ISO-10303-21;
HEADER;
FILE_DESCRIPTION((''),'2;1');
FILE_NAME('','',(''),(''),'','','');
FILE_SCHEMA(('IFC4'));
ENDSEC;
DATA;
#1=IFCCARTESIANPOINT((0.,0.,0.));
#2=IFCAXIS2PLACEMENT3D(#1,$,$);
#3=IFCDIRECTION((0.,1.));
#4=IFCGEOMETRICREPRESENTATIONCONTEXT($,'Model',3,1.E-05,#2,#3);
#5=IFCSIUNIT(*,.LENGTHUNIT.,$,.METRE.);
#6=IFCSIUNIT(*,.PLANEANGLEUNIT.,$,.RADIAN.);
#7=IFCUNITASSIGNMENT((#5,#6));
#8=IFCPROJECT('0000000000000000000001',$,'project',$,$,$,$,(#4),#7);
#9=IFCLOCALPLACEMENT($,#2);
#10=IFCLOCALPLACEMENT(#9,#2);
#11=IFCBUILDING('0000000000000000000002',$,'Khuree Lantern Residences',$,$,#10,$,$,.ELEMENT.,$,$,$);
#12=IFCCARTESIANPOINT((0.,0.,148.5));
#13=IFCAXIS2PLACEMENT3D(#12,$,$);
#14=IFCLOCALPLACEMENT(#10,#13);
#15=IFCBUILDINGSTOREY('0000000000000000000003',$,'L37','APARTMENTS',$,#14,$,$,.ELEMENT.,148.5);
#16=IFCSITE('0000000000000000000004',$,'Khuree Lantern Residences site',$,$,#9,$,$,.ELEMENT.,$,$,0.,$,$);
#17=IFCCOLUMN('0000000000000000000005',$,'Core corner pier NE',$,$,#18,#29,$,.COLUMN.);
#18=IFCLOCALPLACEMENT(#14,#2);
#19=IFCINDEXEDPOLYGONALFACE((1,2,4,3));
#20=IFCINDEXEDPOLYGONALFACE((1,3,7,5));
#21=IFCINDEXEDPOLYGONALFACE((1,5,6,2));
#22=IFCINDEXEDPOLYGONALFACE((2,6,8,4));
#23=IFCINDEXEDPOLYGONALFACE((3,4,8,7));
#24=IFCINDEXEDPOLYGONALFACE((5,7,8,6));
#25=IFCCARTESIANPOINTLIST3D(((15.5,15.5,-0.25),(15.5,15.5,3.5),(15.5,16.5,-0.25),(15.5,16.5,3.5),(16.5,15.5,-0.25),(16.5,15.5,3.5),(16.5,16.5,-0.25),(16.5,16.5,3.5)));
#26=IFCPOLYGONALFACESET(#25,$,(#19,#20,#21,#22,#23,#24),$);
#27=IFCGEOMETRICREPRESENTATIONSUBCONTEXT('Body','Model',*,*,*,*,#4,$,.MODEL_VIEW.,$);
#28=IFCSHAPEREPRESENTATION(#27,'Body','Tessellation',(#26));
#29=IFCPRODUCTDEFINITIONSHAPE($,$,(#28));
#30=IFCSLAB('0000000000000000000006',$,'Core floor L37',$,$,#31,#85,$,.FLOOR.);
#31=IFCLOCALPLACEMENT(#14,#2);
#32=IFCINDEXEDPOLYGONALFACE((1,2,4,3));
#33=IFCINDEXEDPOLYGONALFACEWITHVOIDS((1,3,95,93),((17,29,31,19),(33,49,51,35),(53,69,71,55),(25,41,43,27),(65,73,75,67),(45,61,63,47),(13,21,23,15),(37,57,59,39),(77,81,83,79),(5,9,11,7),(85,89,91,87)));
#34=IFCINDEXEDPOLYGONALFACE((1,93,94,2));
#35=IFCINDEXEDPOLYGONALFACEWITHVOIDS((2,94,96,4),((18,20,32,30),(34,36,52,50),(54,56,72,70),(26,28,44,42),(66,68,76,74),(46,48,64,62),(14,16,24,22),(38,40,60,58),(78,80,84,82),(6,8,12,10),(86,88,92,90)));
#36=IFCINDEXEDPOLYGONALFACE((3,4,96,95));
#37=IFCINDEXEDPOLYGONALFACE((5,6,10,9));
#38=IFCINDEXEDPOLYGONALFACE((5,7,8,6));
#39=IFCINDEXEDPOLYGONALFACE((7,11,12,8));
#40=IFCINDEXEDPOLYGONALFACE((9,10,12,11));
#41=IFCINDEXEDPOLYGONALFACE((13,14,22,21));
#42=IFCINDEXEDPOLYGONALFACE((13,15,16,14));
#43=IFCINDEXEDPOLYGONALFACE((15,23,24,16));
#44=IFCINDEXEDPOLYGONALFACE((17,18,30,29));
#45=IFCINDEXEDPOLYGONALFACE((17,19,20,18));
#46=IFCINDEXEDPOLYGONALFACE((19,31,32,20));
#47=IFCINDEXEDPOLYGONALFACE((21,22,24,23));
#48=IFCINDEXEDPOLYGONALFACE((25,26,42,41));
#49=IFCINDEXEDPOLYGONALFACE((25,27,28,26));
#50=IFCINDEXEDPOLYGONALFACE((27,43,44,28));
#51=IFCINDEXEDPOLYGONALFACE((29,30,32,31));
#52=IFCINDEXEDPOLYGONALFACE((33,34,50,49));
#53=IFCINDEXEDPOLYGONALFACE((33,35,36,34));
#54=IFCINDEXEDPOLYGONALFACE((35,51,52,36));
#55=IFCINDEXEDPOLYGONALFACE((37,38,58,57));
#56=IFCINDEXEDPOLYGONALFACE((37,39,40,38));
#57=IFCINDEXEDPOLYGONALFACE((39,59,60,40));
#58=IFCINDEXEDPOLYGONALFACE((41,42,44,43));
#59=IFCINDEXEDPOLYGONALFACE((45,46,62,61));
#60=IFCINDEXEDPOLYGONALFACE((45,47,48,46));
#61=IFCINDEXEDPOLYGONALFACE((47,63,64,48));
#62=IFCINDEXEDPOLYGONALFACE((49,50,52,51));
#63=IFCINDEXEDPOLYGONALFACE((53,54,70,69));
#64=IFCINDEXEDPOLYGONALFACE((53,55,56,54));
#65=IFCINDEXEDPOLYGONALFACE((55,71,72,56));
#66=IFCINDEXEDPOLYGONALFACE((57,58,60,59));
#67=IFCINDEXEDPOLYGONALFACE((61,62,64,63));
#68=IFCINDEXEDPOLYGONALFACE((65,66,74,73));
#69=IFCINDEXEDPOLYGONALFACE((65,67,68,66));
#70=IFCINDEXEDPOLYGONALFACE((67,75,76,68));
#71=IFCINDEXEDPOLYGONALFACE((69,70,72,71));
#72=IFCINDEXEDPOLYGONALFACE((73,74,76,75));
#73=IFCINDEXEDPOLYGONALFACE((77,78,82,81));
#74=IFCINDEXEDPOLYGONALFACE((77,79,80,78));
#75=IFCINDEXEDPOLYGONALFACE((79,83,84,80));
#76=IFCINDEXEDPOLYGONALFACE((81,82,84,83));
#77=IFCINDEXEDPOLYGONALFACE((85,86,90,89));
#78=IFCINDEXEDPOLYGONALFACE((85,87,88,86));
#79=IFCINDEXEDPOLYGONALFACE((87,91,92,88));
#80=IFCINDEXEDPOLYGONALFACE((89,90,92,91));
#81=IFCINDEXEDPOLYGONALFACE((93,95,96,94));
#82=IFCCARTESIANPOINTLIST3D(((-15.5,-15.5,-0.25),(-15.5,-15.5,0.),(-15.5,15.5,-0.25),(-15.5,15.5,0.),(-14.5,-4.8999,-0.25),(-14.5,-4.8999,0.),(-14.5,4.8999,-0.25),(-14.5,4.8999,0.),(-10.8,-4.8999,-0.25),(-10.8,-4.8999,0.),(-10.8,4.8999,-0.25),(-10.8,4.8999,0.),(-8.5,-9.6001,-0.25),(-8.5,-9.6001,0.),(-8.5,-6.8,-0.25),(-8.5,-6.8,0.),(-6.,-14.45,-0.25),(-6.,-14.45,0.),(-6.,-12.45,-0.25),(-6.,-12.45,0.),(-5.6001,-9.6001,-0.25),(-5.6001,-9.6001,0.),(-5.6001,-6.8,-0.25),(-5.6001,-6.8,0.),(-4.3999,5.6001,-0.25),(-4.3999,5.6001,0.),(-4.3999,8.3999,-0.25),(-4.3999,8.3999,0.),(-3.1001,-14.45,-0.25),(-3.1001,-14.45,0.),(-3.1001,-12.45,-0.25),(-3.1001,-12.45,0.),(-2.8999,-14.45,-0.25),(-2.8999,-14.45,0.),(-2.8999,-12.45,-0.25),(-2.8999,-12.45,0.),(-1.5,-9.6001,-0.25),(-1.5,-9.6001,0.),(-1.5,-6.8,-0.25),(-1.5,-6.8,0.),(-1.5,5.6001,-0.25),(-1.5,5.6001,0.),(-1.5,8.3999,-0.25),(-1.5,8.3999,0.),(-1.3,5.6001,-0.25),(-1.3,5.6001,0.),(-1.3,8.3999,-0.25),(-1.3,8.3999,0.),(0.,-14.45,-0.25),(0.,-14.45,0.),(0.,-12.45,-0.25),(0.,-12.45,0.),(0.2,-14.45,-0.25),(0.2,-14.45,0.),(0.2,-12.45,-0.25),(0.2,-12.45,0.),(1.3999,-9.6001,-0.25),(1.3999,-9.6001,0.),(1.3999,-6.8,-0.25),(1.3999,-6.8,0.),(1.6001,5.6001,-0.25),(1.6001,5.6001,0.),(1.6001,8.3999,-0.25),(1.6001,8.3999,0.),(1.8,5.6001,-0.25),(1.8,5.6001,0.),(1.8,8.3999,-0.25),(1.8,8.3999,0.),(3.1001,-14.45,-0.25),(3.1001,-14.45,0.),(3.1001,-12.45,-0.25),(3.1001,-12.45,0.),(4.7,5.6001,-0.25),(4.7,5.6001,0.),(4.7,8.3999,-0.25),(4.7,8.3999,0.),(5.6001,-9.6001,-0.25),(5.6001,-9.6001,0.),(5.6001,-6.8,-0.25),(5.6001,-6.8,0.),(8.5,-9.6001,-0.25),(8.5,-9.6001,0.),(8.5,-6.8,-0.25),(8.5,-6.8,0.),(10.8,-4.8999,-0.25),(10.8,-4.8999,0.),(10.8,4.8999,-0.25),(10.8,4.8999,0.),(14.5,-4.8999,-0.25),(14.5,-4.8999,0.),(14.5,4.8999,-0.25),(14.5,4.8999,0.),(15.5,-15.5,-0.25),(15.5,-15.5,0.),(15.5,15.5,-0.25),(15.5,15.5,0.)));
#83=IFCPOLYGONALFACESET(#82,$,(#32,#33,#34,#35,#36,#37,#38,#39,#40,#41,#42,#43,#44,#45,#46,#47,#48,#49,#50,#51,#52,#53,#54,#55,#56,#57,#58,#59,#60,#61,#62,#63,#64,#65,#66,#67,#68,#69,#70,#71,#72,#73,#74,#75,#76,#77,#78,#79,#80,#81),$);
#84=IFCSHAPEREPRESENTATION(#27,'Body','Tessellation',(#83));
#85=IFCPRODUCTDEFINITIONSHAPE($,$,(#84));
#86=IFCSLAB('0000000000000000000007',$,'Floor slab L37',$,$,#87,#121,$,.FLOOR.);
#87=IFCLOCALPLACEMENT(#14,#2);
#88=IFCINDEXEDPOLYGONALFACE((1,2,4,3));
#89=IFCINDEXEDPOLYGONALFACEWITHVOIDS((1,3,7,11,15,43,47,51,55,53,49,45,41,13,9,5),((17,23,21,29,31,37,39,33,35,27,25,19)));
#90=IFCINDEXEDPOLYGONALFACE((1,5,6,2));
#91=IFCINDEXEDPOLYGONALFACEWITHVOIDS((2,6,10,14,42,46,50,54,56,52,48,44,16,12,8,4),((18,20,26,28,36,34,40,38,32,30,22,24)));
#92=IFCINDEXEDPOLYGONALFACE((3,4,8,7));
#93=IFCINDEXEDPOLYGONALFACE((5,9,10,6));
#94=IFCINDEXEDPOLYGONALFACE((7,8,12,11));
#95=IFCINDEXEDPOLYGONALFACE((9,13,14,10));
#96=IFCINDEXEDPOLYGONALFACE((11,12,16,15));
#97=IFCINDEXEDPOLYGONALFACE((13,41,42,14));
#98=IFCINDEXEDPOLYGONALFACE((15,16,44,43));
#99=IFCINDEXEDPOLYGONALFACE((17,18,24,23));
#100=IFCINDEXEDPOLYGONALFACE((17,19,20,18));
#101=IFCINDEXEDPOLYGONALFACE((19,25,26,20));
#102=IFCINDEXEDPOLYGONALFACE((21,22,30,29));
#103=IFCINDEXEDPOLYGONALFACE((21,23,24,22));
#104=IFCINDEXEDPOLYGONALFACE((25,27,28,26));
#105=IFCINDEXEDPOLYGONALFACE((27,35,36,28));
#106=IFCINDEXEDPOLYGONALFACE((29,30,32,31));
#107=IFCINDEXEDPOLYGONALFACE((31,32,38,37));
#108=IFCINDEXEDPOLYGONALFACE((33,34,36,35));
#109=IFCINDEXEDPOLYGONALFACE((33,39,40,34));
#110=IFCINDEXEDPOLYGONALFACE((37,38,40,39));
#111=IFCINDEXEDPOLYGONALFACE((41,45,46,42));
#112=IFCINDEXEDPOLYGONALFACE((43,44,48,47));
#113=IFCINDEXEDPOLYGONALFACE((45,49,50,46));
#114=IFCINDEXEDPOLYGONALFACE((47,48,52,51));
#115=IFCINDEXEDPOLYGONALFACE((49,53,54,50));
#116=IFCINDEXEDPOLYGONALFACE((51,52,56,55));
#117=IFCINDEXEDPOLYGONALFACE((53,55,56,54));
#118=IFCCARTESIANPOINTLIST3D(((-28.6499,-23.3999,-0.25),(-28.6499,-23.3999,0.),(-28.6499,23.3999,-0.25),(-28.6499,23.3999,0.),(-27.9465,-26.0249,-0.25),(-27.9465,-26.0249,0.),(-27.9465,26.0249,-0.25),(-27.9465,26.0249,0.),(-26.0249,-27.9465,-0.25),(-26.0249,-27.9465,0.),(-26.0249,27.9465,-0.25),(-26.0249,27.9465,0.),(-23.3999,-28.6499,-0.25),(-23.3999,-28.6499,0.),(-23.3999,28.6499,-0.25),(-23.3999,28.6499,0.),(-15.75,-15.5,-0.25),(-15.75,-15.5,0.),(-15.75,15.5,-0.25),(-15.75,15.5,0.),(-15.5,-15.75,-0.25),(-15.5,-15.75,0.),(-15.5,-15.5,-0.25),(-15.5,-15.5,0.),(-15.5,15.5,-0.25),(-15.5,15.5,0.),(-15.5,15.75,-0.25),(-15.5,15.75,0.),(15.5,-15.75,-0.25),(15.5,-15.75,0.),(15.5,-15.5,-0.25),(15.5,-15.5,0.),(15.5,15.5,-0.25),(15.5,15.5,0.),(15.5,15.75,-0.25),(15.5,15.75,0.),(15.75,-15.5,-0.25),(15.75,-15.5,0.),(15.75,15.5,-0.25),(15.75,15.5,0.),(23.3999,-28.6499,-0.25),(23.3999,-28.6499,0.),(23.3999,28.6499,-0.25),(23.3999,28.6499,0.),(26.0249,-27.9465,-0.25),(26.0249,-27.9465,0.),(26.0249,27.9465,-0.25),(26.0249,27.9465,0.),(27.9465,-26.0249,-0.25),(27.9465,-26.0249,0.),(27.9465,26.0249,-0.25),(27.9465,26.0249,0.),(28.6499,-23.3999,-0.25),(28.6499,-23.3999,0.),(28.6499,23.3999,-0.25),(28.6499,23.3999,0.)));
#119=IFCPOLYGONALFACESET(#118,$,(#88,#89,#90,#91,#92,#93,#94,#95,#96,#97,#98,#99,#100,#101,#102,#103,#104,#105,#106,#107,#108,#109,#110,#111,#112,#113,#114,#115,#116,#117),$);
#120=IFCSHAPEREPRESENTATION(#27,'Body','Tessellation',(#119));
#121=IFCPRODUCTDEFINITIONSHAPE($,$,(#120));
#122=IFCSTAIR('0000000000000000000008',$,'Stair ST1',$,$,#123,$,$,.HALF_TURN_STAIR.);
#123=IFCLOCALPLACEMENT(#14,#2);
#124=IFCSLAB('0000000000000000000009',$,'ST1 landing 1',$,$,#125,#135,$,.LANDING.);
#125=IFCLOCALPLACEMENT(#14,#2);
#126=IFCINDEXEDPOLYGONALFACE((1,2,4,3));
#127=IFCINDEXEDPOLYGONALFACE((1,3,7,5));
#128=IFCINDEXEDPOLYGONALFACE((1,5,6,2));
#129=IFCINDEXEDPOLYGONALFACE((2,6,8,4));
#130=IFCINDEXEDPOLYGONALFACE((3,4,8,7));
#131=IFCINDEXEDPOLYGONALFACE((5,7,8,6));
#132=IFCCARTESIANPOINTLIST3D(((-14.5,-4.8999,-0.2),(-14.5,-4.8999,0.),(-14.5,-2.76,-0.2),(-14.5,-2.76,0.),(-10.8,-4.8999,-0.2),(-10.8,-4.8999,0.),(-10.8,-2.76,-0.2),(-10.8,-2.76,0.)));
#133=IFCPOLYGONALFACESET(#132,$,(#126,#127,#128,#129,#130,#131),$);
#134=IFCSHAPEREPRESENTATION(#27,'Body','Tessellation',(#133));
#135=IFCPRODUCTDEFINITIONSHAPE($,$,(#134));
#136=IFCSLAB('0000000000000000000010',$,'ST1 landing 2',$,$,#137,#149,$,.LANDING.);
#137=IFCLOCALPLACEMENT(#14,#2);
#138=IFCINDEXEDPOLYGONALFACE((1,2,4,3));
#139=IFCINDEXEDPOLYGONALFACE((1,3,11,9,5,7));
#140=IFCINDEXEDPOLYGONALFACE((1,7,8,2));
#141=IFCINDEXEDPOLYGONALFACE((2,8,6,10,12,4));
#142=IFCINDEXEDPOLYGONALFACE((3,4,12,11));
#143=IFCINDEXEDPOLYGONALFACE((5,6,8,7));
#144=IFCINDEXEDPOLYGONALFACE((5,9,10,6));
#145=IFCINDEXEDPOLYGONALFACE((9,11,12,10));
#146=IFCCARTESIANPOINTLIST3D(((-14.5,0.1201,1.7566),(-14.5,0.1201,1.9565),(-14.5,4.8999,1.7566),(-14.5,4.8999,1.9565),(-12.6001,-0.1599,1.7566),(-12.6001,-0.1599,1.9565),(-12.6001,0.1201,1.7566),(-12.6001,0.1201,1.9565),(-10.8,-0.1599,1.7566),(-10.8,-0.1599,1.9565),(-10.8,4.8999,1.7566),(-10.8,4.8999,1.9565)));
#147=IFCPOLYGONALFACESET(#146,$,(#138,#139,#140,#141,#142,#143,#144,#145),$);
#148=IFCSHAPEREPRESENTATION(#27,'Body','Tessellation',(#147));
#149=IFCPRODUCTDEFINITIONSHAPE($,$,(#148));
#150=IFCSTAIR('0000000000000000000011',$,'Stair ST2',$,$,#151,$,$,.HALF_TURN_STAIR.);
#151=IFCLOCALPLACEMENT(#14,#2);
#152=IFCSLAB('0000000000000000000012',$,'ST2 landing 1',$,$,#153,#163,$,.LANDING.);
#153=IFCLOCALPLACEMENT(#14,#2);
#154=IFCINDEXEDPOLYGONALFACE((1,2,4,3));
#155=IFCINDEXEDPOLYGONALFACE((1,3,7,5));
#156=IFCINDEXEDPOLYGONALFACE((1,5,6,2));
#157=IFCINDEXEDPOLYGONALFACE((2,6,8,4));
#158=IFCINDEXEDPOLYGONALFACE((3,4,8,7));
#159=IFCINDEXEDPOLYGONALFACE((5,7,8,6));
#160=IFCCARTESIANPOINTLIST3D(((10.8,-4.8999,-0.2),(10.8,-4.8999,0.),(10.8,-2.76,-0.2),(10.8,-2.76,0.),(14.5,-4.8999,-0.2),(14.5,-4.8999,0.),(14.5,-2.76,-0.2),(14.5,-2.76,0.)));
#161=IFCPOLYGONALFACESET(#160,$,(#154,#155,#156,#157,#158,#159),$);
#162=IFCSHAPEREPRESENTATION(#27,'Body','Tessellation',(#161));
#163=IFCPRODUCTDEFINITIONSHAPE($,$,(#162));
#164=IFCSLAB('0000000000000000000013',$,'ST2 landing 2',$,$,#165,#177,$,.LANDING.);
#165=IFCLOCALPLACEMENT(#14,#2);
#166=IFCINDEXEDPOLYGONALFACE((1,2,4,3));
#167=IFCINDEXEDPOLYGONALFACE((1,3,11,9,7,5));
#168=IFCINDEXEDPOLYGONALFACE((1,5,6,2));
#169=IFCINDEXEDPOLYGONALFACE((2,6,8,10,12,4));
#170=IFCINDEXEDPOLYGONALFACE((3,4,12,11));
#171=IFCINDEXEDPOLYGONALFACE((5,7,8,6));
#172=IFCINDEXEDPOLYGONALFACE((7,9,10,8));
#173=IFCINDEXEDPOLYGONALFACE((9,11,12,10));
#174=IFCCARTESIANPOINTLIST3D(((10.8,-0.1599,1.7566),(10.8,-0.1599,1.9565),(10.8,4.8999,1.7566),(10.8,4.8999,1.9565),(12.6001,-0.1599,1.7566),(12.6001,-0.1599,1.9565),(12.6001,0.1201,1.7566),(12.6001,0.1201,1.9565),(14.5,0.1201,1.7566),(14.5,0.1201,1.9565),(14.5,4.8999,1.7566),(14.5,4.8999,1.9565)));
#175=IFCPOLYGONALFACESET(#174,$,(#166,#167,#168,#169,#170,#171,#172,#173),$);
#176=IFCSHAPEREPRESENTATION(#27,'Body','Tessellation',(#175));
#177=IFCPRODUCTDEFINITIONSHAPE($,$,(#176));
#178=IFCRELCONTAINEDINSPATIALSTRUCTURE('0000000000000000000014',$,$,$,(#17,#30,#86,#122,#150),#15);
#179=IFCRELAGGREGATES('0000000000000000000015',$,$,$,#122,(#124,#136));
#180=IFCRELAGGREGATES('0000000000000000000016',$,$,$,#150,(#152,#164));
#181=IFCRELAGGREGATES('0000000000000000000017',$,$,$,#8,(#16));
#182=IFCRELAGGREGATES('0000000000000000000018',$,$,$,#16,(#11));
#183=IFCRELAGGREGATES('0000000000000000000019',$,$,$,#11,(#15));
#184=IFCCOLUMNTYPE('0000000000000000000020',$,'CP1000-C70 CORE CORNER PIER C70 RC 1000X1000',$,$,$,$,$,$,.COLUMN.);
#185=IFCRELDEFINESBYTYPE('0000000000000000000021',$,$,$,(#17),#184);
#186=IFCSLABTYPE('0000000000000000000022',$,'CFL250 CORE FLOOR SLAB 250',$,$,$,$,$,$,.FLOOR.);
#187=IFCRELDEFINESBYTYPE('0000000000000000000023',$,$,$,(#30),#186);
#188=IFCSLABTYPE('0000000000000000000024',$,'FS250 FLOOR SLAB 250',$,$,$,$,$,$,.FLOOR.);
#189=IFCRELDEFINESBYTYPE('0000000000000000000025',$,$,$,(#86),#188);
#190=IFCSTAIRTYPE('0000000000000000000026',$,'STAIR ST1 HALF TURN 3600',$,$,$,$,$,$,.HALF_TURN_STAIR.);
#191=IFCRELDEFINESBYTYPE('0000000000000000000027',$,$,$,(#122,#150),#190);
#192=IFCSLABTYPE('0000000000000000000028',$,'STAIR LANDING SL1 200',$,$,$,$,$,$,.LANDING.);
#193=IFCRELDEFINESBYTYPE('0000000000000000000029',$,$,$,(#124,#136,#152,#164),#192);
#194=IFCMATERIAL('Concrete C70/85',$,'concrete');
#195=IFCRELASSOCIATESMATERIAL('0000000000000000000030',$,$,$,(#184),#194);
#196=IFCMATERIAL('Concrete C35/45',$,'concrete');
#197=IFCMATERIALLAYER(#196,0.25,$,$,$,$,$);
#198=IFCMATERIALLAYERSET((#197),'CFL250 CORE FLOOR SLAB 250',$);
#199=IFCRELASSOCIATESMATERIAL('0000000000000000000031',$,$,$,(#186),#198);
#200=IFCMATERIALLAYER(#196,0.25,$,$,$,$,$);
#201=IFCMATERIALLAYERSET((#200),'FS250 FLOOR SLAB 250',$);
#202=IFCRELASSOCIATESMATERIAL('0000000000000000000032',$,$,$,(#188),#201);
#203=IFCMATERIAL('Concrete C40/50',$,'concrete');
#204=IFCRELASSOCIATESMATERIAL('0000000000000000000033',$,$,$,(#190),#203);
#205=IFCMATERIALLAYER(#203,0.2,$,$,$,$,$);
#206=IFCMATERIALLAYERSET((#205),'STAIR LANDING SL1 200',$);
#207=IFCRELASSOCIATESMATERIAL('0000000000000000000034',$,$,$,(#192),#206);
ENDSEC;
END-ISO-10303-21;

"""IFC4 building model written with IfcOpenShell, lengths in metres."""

from ifc_helpers import new_model, si_unit, direction, frame, origin, origin_2d, place, context, subcontext, project, spatial, polyline, rectangle, outline, extrude, material, layer, layer_set, material_profile, profile_set, type_object, element, aggregate, save


model = new_model("IFC4")

# Units and contexts
model_context = context("Model", 3, precision=1e-05, world=origin(), true_north=direction((0.0, 1.0)))
body_context = subcontext(model_context, "Body", "Model", "MODEL_VIEW")
ifc_project = project(units=[si_unit("LENGTHUNIT", "METRE"), si_unit("PLANEANGLEUNIT", "RADIAN")], contexts=[model_context])

# Site, building, storey
site_placement = place(None, origin())
site = spatial("IfcSite", under=ifc_project, at=site_placement, Name="Khuree Lantern Residences site", CompositionType="ELEMENT", RefElevation=0.0)
building_placement = place(site_placement, origin())
building = spatial("IfcBuilding", under=site, at=building_placement, Name="Khuree Lantern Residences", CompositionType="ELEMENT")
storey_placement = place(building_placement, frame((0.0, 0.0, 148.5)))
storey = spatial("IfcBuildingStorey", under=building, at=storey_placement, Name="L37", Description="APARTMENTS", CompositionType="ELEMENT", Elevation=148.5)

# Column
ifc_material_1 = material(Name="Concrete C70/85", Category="concrete")
ifc_material_profile = material_profile(ifc_material_1, rectangle(XDim=1.0, YDim=1.0, at=origin_2d()), Name="RC 1000X1000")
ifc_profile_set = profile_set([ifc_material_profile], Name="Concrete C70/85")
column_type = type_object("IfcColumnType", Name="CP1000-C70 CORE CORNER PIER C70 RC 1000X1000", PredefinedType="COLUMN", material=ifc_profile_set)
column_placement = place(storey_placement, frame((16.0, 16.0, -0.25), z_axis=(0.0, 0.0, 1.0), x_axis=(1.0, 0.0, 0.0)))
element("IfcColumn", 1, at=column_placement, inside=storey, type_object=column_type, Name="Core corner pier NE", PredefinedType="COLUMN", context=body_context, shape_type="SweptSolid", body=[
    extrude(rectangle(XDim=1.0, YDim=1.0, at=origin_2d()), origin(), (0.0, 0.0, 1.0), 3.75),
])

# Slabs
ifc_material_2 = material(Name="Concrete C35/45", Category="concrete")
ifc_layer_1 = layer(ifc_material_2, 0.25)
ifc_layer_set_1 = layer_set([ifc_layer_1], Name="CFL250 CORE FLOOR SLAB 250")
slab_type_1 = type_object("IfcSlabType", Name="CFL250 CORE FLOOR SLAB 250", PredefinedType="FLOOR", material=ifc_layer_set_1)
slab_1_placement = place(storey_placement, frame((0.0, 0.0, -0.25)))
element("IfcSlab", 2, at=slab_1_placement, inside=storey, type_object=slab_type_1, Name="Core floor L37", PredefinedType="FLOOR", context=body_context, shape_type="SweptSolid", body=[
    extrude(outline(polyline([(-15.5, -15.5), (-15.5, 15.5), (15.5, 15.5), (15.5, -15.5), (-15.5, -15.5)]), holes=[polyline([(10.8, 4.8999), (10.8, -4.8999), (14.5, -4.8999), (14.5, 4.8999), (10.8, 4.8999)]), polyline([(8.5, -6.8), (5.6001, -6.8), (5.6001, -9.6001), (8.5, -9.6001), (8.5, -6.8)]), polyline([(4.7, 8.3999), (1.8, 8.3999), (1.8, 5.6001), (4.7, 5.6001), (4.7, 8.3999)]), polyline([(3.1001, -12.45), (0.2, -12.45), (0.2, -14.45), (3.1001, -14.45), (3.1001, -12.45)]), polyline([(1.6001, 8.3999), (-1.3, 8.3999), (-1.3, 5.6001), (1.6001, 5.6001), (1.6001, 8.3999)]), polyline([(1.3999, -6.8), (-1.5, -6.8), (-1.5, -9.6001), (1.3999, -9.6001), (1.3999, -6.8)]), polyline([(-2.8999, -12.45), (-2.8999, -14.45), (0.0, -14.45), (0.0, -12.45), (-2.8999, -12.45)]), polyline([(-4.3999, 8.3999), (-4.3999, 5.6001), (-1.5, 5.6001), (-1.5, 8.3999), (-4.3999, 8.3999)]), polyline([(-6.0, -12.45), (-6.0, -14.45), (-3.1001, -14.45), (-3.1001, -12.45), (-6.0, -12.45)]), polyline([(-8.5, -6.8), (-8.5, -9.6001), (-5.6001, -9.6001), (-5.6001, -6.8), (-8.5, -6.8)]), polyline([(-10.8, 4.8999), (-14.5, 4.8999), (-14.5, -4.8999), (-10.8, -4.8999), (-10.8, 4.8999)])]), origin(), (0.0, 0.0, 1.0), 0.25),
])
ifc_layer_2 = layer(ifc_material_2, 0.25)
ifc_layer_set_2 = layer_set([ifc_layer_2], Name="FS250 FLOOR SLAB 250")
slab_type_2 = type_object("IfcSlabType", Name="FS250 FLOOR SLAB 250", PredefinedType="FLOOR", material=ifc_layer_set_2)
slab_2_placement = place(storey_placement, frame((0.0, 0.0, -0.25)))
element("IfcSlab", 3, at=slab_2_placement, inside=storey, type_object=slab_type_2, Name="Floor slab L37", PredefinedType="FLOOR", context=body_context, shape_type="SweptSolid", body=[
    extrude(outline(polyline([(-26.0249, -27.9465), (-27.9465, -26.0249), (-28.6499, -23.3999), (-28.6499, 23.3999), (-27.9465, 26.0249), (-26.0249, 27.9465), (-23.3999, 28.6499), (23.3999, 28.6499), (26.0249, 27.9465), (27.9465, 26.0249), (28.6499, 23.3999), (28.6499, -23.3999), (27.9465, -26.0249), (26.0249, -27.9465), (23.3999, -28.6499), (-23.3999, -28.6499), (-26.0249, -27.9465)]), holes=[polyline([(15.75, 15.5), (15.5, 15.5), (15.5, 15.75), (-15.5, 15.75), (-15.5, 15.5), (-15.75, 15.5), (-15.75, -15.5), (-15.5, -15.5), (-15.5, -15.75), (15.5, -15.75), (15.5, -15.5), (15.75, -15.5), (15.75, 15.5)])]), origin(), (0.0, 0.0, 1.0), 0.25),
])

# Stairs, slabs
ifc_material_3 = material(Name="Concrete C40/50", Category="concrete")
stair_type = type_object("IfcStairType", Name="STAIR ST1 HALF TURN 3600", PredefinedType="HALF_TURN_STAIR", material=ifc_material_3)
stair_1_placement = place(storey_placement, origin())
stair_1 = element("IfcStair", 4, at=stair_1_placement, inside=storey, type_object=stair_type, Name="Stair ST1", PredefinedType="HALF_TURN_STAIR")
ifc_layer_3 = layer(ifc_material_3, 0.2)
ifc_layer_set_3 = layer_set([ifc_layer_3], Name="STAIR LANDING SL1 200")
slab_type_3 = type_object("IfcSlabType", Name="STAIR LANDING SL1 200", PredefinedType="LANDING", material=ifc_layer_set_3)
slab_3_placement = place(storey_placement, frame((0.0, 0.0, -0.2)))
slab_3 = element("IfcSlab", 5, at=slab_3_placement, type_object=slab_type_3, Name="ST1 landing 1", PredefinedType="LANDING", context=body_context, shape_type="SweptSolid", body=[
    extrude(outline(polyline([(-14.5, -4.8999), (-10.8, -4.8999), (-10.8, -2.76), (-14.5, -2.76), (-14.5, -4.8999)])), origin(), (0.0, 0.0, 1.0), 0.2),
])
slab_4_placement = place(storey_placement, frame((0.0, 0.0, 1.7566)))
slab_4 = element("IfcSlab", 6, at=slab_4_placement, type_object=slab_type_3, Name="ST1 landing 2", PredefinedType="LANDING", context=body_context, shape_type="SweptSolid", body=[
    extrude(outline(polyline([(-14.5, 0.1201), (-14.5, 4.8999), (-10.8, 4.8999), (-10.8, -0.1599), (-12.6001, -0.1599), (-12.6001, 0.1201), (-14.5, 0.1201)])), origin(), (0.0, 0.0, 1.0), 0.2),
])
aggregate(stair_1, [slab_3, slab_4])
stair_2_placement = place(storey_placement, origin())
stair_2 = element("IfcStair", 7, at=stair_2_placement, inside=storey, type_object=stair_type, Name="Stair ST2", PredefinedType="HALF_TURN_STAIR")
slab_5_placement = place(storey_placement, frame((0.0, 0.0, -0.2)))
slab_5 = element("IfcSlab", 8, at=slab_5_placement, type_object=slab_type_3, Name="ST2 landing 1", PredefinedType="LANDING", context=body_context, shape_type="SweptSolid", body=[
    extrude(outline(polyline([(10.8, -4.8999), (14.5, -4.8999), (14.5, -2.76), (10.8, -2.76), (10.8, -4.8999)])), origin(), (0.0, 0.0, 1.0), 0.2),
])
slab_6_placement = place(storey_placement, frame((0.0, 0.0, 1.7566)))
slab_6 = element("IfcSlab", 9, at=slab_6_placement, type_object=slab_type_3, Name="ST2 landing 2", PredefinedType="LANDING", context=body_context, shape_type="SweptSolid", body=[
    extrude(outline(polyline([(14.5, 4.8999), (14.5, 0.1201), (12.6001, 0.1201), (12.6001, -0.1599), (10.8, -0.1599), (10.8, 4.8999), (14.5, 4.8999)])), origin(), (0.0, 0.0, 1.0), 0.2),
])

aggregate(stair_2, [slab_5, slab_6])

save(model, "model.ifc")
